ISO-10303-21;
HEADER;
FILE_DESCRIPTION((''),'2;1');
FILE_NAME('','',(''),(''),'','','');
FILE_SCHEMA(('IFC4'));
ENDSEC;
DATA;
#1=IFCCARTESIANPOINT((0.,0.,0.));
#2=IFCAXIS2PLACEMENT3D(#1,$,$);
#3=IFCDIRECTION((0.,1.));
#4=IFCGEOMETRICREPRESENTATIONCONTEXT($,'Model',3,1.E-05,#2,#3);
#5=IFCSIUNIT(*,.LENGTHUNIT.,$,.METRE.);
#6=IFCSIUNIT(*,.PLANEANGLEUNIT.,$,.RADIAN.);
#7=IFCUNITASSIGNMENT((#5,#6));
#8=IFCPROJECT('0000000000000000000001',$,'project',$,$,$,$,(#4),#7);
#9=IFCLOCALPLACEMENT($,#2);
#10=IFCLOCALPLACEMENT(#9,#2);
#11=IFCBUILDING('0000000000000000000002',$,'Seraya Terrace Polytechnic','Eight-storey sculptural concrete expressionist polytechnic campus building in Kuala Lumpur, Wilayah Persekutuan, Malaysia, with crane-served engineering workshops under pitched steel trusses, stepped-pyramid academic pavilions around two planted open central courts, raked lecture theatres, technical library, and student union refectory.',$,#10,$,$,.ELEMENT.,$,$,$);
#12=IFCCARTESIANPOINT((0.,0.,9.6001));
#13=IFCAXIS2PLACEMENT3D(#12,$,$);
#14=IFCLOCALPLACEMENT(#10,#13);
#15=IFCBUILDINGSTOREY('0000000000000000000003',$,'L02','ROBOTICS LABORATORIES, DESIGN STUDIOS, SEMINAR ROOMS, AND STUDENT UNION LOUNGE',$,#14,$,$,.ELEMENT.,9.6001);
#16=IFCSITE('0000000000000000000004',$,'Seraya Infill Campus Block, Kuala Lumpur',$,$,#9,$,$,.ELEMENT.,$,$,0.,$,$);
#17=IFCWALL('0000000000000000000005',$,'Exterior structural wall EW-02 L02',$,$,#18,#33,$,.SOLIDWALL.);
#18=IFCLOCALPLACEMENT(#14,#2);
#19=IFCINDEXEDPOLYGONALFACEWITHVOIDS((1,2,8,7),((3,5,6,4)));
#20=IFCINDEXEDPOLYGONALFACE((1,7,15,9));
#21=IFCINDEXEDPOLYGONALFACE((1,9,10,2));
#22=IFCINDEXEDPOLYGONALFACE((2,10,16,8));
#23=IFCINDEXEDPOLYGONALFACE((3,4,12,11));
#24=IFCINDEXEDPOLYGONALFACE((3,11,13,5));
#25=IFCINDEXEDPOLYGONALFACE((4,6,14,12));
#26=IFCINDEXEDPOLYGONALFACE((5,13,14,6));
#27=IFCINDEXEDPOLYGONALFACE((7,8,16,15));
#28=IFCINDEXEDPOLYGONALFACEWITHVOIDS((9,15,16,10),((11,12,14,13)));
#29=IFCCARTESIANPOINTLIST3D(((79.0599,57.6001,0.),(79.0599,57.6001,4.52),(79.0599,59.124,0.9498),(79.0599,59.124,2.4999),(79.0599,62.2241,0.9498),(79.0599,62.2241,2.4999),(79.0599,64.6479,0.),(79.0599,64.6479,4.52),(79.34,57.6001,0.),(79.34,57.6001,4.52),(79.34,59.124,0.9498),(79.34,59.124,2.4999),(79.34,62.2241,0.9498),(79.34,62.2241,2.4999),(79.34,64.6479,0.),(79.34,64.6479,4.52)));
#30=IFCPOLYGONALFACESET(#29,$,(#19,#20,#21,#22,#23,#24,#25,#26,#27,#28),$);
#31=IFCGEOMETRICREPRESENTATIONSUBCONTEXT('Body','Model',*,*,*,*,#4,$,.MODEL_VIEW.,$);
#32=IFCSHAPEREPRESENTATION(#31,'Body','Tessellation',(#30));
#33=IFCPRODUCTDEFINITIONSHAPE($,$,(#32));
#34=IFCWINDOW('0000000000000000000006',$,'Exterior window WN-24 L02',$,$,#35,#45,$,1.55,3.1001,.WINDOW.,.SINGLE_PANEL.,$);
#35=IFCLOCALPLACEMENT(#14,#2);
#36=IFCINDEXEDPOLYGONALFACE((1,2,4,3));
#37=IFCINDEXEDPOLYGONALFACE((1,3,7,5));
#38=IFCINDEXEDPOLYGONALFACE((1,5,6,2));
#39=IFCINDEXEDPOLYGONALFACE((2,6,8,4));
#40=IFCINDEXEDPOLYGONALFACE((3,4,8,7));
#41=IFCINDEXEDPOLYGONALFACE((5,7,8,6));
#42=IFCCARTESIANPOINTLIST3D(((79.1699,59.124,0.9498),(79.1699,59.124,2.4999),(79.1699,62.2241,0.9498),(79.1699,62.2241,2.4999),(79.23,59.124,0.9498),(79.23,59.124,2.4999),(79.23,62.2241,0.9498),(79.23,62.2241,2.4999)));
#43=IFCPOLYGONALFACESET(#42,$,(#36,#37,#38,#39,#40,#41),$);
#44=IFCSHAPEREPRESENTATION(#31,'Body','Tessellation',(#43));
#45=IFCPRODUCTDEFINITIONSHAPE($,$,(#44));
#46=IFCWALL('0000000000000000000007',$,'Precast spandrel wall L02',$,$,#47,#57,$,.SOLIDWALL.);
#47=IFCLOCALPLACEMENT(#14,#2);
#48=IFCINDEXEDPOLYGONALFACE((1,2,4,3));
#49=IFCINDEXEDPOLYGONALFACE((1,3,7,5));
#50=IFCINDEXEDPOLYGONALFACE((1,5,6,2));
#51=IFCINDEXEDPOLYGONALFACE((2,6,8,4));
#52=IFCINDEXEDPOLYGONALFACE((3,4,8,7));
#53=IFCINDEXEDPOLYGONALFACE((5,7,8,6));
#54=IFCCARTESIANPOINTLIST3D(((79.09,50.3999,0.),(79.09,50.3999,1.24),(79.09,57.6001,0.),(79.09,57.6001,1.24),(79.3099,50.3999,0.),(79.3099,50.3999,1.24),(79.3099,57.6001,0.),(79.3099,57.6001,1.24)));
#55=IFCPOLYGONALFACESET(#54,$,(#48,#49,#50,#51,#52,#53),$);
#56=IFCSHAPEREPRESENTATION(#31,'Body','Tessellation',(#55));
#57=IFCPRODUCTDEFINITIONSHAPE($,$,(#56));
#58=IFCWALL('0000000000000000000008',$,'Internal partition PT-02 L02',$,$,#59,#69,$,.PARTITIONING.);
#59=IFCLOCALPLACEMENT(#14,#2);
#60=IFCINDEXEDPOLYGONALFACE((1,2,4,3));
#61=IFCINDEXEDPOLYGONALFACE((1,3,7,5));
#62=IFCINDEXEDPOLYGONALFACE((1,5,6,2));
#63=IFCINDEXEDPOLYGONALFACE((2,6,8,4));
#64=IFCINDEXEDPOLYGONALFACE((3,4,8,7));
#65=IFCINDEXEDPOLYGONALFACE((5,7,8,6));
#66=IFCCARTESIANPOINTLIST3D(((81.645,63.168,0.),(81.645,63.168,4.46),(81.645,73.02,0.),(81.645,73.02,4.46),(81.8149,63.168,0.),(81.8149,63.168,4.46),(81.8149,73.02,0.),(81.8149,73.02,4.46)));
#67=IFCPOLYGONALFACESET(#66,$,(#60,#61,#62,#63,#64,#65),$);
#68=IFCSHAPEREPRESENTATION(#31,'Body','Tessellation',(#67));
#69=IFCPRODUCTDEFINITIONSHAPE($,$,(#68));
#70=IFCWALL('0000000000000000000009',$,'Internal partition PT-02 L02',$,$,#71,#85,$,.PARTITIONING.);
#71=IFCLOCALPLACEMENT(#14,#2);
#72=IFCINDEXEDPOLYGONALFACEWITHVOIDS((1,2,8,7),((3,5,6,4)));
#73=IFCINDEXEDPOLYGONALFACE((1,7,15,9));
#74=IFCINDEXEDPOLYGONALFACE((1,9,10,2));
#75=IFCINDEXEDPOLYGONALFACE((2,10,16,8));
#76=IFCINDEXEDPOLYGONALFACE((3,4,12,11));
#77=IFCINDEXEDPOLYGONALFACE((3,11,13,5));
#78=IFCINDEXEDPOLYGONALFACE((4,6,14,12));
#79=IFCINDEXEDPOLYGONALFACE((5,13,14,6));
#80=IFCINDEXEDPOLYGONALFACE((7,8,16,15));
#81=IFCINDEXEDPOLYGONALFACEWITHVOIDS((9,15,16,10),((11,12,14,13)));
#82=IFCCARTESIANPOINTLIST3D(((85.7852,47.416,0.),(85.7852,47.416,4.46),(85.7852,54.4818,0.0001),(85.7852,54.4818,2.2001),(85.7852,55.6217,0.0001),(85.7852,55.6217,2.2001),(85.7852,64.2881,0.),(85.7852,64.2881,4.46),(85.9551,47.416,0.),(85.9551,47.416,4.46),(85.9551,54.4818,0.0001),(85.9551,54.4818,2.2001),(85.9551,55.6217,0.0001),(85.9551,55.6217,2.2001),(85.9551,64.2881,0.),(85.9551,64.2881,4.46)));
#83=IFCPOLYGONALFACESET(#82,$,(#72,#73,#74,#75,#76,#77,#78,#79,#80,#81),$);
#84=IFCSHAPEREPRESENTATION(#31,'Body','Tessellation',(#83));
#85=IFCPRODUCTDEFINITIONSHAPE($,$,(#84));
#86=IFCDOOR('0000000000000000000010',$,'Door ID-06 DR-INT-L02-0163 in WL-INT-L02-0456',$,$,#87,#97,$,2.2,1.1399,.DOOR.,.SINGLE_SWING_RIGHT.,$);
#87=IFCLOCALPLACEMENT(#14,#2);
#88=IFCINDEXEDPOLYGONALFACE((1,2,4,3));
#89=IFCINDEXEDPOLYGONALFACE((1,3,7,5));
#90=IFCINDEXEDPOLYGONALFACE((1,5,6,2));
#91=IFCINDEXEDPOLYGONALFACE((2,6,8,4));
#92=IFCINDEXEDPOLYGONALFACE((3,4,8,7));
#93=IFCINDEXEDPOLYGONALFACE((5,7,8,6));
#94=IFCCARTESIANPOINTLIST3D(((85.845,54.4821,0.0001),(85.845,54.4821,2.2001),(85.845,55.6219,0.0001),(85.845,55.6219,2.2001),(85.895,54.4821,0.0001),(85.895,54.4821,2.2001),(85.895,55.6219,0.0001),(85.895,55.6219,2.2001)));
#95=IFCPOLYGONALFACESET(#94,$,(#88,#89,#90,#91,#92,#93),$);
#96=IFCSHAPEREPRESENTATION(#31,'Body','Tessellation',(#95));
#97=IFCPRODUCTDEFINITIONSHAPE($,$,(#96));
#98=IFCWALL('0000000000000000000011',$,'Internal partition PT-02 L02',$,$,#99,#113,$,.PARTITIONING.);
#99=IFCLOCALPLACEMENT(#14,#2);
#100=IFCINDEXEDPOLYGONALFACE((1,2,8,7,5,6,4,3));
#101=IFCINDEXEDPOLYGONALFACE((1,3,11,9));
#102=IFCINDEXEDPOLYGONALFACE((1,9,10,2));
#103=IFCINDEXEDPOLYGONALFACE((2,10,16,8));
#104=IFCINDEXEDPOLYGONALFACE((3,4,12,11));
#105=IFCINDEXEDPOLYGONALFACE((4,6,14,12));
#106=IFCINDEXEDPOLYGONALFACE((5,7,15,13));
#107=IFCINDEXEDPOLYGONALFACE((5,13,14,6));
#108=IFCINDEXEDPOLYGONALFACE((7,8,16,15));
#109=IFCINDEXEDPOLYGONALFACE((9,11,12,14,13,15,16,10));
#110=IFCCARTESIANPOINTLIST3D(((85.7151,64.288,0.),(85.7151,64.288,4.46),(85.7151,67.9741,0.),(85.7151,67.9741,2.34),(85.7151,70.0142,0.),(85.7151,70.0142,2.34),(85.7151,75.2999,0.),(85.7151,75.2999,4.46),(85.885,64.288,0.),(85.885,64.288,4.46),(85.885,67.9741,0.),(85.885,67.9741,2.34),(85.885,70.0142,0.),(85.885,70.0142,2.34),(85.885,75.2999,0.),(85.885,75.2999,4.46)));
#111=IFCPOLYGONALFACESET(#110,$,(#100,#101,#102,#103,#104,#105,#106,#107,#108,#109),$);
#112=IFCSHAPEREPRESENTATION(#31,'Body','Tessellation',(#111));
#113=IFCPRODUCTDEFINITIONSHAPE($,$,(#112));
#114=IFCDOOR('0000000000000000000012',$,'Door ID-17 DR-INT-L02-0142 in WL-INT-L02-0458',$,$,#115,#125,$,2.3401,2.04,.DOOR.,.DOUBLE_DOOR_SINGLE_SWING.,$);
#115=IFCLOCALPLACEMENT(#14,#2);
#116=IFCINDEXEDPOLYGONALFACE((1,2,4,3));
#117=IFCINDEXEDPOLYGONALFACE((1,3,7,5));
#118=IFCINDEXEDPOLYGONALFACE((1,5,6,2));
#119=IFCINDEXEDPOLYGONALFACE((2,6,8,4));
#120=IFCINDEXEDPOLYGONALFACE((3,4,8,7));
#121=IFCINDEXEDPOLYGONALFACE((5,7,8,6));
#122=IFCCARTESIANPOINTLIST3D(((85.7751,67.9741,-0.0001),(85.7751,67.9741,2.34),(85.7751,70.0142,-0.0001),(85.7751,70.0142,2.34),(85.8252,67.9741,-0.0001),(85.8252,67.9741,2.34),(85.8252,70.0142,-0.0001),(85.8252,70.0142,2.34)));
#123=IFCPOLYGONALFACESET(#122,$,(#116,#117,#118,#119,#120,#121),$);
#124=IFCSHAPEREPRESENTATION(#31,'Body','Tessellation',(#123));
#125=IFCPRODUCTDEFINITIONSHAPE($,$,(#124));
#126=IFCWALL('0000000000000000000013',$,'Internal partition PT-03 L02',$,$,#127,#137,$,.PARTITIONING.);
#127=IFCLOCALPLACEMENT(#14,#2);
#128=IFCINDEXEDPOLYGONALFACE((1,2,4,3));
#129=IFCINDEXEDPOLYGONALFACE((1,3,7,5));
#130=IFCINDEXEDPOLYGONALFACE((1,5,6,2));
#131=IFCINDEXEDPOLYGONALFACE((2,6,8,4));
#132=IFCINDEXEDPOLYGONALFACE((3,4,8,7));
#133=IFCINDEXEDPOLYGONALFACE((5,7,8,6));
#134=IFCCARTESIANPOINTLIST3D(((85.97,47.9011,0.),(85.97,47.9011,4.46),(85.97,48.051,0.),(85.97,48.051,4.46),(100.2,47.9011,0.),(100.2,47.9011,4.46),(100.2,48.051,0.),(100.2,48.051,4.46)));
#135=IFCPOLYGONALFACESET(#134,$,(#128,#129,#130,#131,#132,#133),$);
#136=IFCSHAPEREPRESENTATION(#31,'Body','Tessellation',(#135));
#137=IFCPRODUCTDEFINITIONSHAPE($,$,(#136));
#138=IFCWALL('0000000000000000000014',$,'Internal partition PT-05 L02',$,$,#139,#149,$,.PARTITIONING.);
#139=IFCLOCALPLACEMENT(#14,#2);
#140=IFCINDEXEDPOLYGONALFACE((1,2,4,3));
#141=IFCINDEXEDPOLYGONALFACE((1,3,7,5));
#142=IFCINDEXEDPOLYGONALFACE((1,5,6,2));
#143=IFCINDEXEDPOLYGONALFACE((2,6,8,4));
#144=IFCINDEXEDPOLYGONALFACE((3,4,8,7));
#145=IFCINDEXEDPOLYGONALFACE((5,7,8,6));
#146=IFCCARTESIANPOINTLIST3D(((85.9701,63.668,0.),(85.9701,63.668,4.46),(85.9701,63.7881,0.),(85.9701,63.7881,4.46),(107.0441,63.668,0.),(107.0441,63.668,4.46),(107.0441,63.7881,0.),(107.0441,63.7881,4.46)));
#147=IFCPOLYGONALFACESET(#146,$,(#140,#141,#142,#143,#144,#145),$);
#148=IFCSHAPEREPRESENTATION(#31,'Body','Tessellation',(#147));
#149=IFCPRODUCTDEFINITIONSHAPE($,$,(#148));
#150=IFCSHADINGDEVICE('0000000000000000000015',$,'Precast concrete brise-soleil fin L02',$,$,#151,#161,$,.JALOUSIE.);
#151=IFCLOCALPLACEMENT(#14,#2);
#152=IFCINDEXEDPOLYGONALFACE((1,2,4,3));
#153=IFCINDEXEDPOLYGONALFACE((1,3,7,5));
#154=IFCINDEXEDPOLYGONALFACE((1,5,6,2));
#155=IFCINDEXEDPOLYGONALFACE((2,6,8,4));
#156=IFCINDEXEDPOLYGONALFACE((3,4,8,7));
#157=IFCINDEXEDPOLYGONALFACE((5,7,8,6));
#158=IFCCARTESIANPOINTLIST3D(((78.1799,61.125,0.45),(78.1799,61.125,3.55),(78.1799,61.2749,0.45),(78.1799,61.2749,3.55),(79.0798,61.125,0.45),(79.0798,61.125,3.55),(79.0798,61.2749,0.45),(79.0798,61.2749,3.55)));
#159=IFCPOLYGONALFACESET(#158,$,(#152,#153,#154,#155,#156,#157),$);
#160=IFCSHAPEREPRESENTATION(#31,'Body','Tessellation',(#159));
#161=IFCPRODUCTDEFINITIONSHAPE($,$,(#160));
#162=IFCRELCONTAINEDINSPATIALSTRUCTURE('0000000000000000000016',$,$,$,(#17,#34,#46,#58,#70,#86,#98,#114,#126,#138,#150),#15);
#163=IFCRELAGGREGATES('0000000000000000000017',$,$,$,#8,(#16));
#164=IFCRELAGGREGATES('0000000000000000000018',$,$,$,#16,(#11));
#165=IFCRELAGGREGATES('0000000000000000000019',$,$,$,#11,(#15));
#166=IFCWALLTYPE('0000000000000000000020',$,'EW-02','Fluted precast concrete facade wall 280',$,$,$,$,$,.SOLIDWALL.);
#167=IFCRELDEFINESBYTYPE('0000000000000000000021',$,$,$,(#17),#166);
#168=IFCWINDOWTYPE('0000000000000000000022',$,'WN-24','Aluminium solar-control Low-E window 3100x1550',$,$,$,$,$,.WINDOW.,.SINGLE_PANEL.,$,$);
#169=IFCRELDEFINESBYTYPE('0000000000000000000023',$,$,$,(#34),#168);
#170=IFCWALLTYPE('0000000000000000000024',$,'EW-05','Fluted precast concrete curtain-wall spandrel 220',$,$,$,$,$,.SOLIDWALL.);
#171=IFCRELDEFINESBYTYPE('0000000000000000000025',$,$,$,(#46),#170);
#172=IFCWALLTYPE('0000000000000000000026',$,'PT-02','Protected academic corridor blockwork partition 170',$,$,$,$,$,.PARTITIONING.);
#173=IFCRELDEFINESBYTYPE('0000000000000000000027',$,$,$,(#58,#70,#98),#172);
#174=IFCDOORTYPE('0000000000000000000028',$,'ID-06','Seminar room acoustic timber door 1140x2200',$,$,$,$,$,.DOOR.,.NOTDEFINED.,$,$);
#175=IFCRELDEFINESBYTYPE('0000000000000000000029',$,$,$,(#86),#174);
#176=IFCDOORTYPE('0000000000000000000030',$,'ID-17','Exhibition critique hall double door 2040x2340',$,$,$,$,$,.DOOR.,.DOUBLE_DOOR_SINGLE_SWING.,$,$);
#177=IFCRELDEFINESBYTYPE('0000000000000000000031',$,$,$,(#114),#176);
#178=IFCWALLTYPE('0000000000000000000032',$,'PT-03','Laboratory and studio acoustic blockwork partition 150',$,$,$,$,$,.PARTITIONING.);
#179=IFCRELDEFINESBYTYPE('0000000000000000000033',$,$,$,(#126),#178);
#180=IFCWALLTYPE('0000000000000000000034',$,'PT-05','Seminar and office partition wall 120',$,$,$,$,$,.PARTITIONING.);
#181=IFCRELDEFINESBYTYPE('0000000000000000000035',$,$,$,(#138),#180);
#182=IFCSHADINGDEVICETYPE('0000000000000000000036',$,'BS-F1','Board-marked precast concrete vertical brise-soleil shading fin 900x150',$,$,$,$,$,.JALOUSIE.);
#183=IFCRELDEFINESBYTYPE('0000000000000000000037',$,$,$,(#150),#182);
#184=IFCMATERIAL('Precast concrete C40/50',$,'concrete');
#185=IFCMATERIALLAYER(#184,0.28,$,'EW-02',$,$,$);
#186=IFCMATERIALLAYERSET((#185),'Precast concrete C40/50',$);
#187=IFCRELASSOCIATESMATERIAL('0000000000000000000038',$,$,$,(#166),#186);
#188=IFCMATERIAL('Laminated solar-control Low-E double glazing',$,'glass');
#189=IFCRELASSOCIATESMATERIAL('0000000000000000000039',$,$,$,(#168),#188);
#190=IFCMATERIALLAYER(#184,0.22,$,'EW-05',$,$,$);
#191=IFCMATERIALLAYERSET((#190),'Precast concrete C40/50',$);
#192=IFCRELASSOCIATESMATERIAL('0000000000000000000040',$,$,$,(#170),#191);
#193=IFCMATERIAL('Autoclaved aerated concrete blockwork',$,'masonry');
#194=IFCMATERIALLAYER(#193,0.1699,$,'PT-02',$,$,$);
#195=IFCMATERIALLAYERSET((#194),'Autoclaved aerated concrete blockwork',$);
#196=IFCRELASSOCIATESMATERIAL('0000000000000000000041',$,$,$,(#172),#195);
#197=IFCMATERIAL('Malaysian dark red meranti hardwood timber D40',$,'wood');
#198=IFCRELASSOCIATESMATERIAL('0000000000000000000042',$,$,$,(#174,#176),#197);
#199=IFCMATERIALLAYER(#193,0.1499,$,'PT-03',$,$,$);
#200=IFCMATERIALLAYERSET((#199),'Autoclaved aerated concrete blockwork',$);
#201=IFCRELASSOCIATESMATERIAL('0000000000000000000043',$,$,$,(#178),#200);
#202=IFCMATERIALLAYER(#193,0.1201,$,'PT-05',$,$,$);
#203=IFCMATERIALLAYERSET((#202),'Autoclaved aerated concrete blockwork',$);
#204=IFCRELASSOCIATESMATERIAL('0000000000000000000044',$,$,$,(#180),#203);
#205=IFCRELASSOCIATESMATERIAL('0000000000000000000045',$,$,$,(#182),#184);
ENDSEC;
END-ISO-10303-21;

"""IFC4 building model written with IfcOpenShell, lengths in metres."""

from ifc_helpers import new_model, si_unit, direction, frame, frame_2d, origin, origin_2d, place, context, subcontext, project, spatial, rectangle, extrude, material, layer, layer_set, type_object, element, fill, save


model = new_model("IFC4")

# Units and contexts
model_context = context("Model", 3, precision=1e-05, world=origin(), true_north=direction((0.0, 1.0)))
body_context = subcontext(model_context, "Body", "Model", "MODEL_VIEW")
ifc_project = project(units=[si_unit("LENGTHUNIT", "METRE"), si_unit("PLANEANGLEUNIT", "RADIAN")], contexts=[model_context])

# Site, building, storey
site_placement = place(None, origin())
site = spatial("IfcSite", under=ifc_project, at=site_placement, Name="Seraya Infill Campus Block, Kuala Lumpur", CompositionType="ELEMENT", RefElevation=0.0)
building_placement = place(site_placement, origin())
building = spatial("IfcBuilding", under=site, at=building_placement, Name="Seraya Terrace Polytechnic", Description="Eight-storey sculptural concrete expressionist polytechnic campus building in Kuala Lumpur, Wilayah Persekutuan, Malaysia, with crane-served engineering workshops under pitched steel trusses, stepped-pyramid academic pavilions around two planted open central courts, raked lecture theatres, technical library, and student union refectory.", CompositionType="ELEMENT")
storey_placement = place(building_placement, frame((0.0, 0.0, 9.6001)))
storey = spatial("IfcBuildingStorey", under=building, at=storey_placement, Name="L02", Description="ROBOTICS LABORATORIES, DESIGN STUDIOS, SEMINAR ROOMS, AND STUDENT UNION LOUNGE", CompositionType="ELEMENT", Elevation=9.6001)

# Shared definitions
ifc_material_1 = material(Name="Laminated solar-control Low-E double glazing", Category="glass")

# Wall, opening, window
ifc_material_2 = material(Name="Precast concrete C40/50", Category="concrete")
ifc_layer_1 = layer(ifc_material_2, 0.28, Name="EW-02")
ifc_layer_set_1 = layer_set([ifc_layer_1], Name="Precast concrete C40/50")
wall_type_1 = type_object("IfcWallType", Name="EW-02", Description="Fluted precast concrete facade wall 280", PredefinedType="SOLIDWALL", material=ifc_layer_set_1)
wall_1_placement = place(storey_placement, frame((79.2, 57.6001, 0.0), z_axis=(0.0, 0.0, 1.0), x_axis=(0.0, 1.0, 0.0)))
wall_1 = element("IfcWall", 1, at=wall_1_placement, inside=storey, type_object=wall_type_1, Name="Exterior structural wall EW-02 L02", PredefinedType="SOLIDWALL", context=body_context, shape_type="SweptSolid", body=[
    extrude(rectangle(XDim=7.0479, YDim=0.28, at=frame_2d((3.5239, 0.0))), origin(), (0.0, 0.0, 1.0), 4.52),
])
opening_1_placement = place(wall_1_placement, frame((1.5239, 0.0, 0.95)))
opening_1 = element("IfcOpeningElement", 2, at=opening_1_placement, cuts=wall_1, PredefinedType="OPENING", context=body_context, shape_type="SweptSolid", body=[
    extrude(rectangle(XDim=3.1001, YDim=1.55, at=frame_2d((1.55, 0.7749))), frame((0.0, 0.1519, 0.0), z_axis=(0.0, -1.0, 0.0), x_axis=(1.0, 0.0, 0.0)), (0.0, 0.0, 1.0), 0.304),
])
window_type = type_object("IfcWindowType", Name="WN-24", Description="Aluminium solar-control Low-E window 3100x1550", PartitioningType="SINGLE_PANEL", PredefinedType="WINDOW", material=ifc_material_1)
window_placement = place(opening_1_placement, origin())
window = element("IfcWindow", 3, at=window_placement, inside=storey, type_object=window_type, Name="Exterior window WN-24 L02", OverallHeight=1.55, OverallWidth=3.1001, PartitioningType="SINGLE_PANEL", PredefinedType="WINDOW", context=body_context, shape_type="SweptSolid", body=[
    extrude(rectangle(XDim=3.1001, YDim=1.55, at=frame_2d((1.55, 0.7749))), frame((0.0, 0.03, 0.0), z_axis=(0.0, -1.0, 0.0), x_axis=(1.0, 0.0, 0.0)), (0.0, 0.0, 1.0), 0.0601),
])
fill(opening_1, window)

# Walls
ifc_layer_2 = layer(ifc_material_2, 0.22, Name="EW-05")
ifc_layer_set_2 = layer_set([ifc_layer_2], Name="Precast concrete C40/50")
wall_type_2 = type_object("IfcWallType", Name="EW-05", Description="Fluted precast concrete curtain-wall spandrel 220", PredefinedType="SOLIDWALL", material=ifc_layer_set_2)
wall_2_placement = place(storey_placement, frame((79.2, 50.3999, 0.0), z_axis=(0.0, 0.0, 1.0), x_axis=(0.0, 1.0, 0.0)))
element("IfcWall", 4, at=wall_2_placement, inside=storey, type_object=wall_type_2, Name="Precast spandrel wall L02", PredefinedType="SOLIDWALL", context=body_context, shape_type="SweptSolid", body=[
    extrude(rectangle(XDim=7.2002, YDim=0.22, at=frame_2d((3.6001, 0.0))), origin(), (0.0, 0.0, 1.0), 1.24),
])
ifc_material_3 = material(Name="Autoclaved aerated concrete blockwork", Category="masonry")
ifc_layer_3 = layer(ifc_material_3, 0.1699, Name="PT-02")
ifc_layer_set_3 = layer_set([ifc_layer_3], Name="Autoclaved aerated concrete blockwork")
wall_type_3 = type_object("IfcWallType", Name="PT-02", Description="Protected academic corridor blockwork partition 170", PredefinedType="PARTITIONING", material=ifc_layer_set_3)
wall_3_placement = place(storey_placement, frame((81.73, 63.168, 0.0), z_axis=(0.0, 0.0, 1.0), x_axis=(0.0, 1.0, 0.0)))
element("IfcWall", 5, at=wall_3_placement, inside=storey, type_object=wall_type_3, Name="Internal partition PT-02 L02", PredefinedType="PARTITIONING", context=body_context, shape_type="SweptSolid", body=[
    extrude(rectangle(XDim=9.8521, YDim=0.1699, at=frame_2d((4.926, 0.0))), origin(), (0.0, 0.0, 1.0), 4.46),
])

# Walls, openings, doors
wall_4_placement = place(storey_placement, frame((85.8701, 47.416, 0.0), z_axis=(0.0, 0.0, 1.0), x_axis=(0.0, 1.0, 0.0)))
wall_4 = element("IfcWall", 6, at=wall_4_placement, inside=storey, type_object=wall_type_3, Name="Internal partition PT-02 L02", PredefinedType="PARTITIONING", context=body_context, shape_type="SweptSolid", body=[
    extrude(rectangle(XDim=16.8721, YDim=0.1699, at=frame_2d((8.436, 0.0))), origin(), (0.0, 0.0, 1.0), 4.46),
])
opening_2_placement = place(wall_4_placement, frame((7.0659, 0.0, 0.0)))
opening_2 = element("IfcOpeningElement", 7, at=opening_2_placement, cuts=wall_4, PredefinedType="OPENING", context=body_context, shape_type="SweptSolid", body=[
    extrude(rectangle(XDim=1.1399, YDim=2.2, at=frame_2d((0.5698, 1.1001))), frame((0.0, 0.0969, 0.0), z_axis=(0.0, -1.0, 0.0), x_axis=(1.0, 0.0, 0.0)), (0.0, 0.0, 1.0), 0.1938),
])
ifc_material_4 = material(Name="Malaysian dark red meranti hardwood timber D40", Category="wood")
door_type_1 = type_object("IfcDoorType", Name="ID-06", Description="Seminar room acoustic timber door 1140x2200", OperationType="NOTDEFINED", PredefinedType="DOOR", material=ifc_material_4)
door_1_placement = place(opening_2_placement, frame((1.1399, 0.0, 0.0), z_axis=(0.0, 0.0, 1.0), x_axis=(-1.0, 0.0, 0.0)))
door_1 = element("IfcDoor", 8, at=door_1_placement, inside=storey, type_object=door_type_1, Name="Door ID-06 DR-INT-L02-0163 in WL-INT-L02-0456", OperationType="SINGLE_SWING_RIGHT", OverallHeight=2.2, OverallWidth=1.1399, PredefinedType="DOOR", context=body_context, shape_type="SweptSolid", body=[
    extrude(rectangle(XDim=1.1399, YDim=2.2, at=frame_2d((0.5698, 1.1001))), frame((0.0, 0.0249, 0.0), z_axis=(0.0, -1.0, 0.0), x_axis=(1.0, 0.0, 0.0)), (0.0, 0.0, 1.0), 0.05),
])
fill(opening_2, door_1)
wall_5_placement = place(storey_placement, frame((85.8, 64.2881, 0.0), z_axis=(0.0, 0.0, 1.0), x_axis=(0.0, 1.0, 0.0)))
wall_5 = element("IfcWall", 9, at=wall_5_placement, inside=storey, type_object=wall_type_3, Name="Internal partition PT-02 L02", PredefinedType="PARTITIONING", context=body_context, shape_type="SweptSolid", body=[
    extrude(rectangle(XDim=11.012, YDim=0.1699, at=frame_2d((5.5059, 0.0))), origin(), (0.0, 0.0, 1.0), 4.46),
])
opening_3_placement = place(wall_5_placement, frame((3.686, 0.0, 0.0)))
opening_3 = element("IfcOpeningElement", 10, at=opening_3_placement, cuts=wall_5, PredefinedType="OPENING", context=body_context, shape_type="SweptSolid", body=[
    extrude(rectangle(XDim=2.04, YDim=2.3401, at=frame_2d((1.02, 1.1699))), frame((0.0, 0.0969, 0.0), z_axis=(0.0, -1.0, 0.0), x_axis=(1.0, 0.0, 0.0)), (0.0, 0.0, 1.0), 0.1938),
])
door_type_2 = type_object("IfcDoorType", Name="ID-17", Description="Exhibition critique hall double door 2040x2340", OperationType="DOUBLE_DOOR_SINGLE_SWING", PredefinedType="DOOR", material=ifc_material_4)
door_2_placement = place(opening_3_placement, origin())
door_2 = element("IfcDoor", 11, at=door_2_placement, inside=storey, type_object=door_type_2, Name="Door ID-17 DR-INT-L02-0142 in WL-INT-L02-0458", OperationType="DOUBLE_DOOR_SINGLE_SWING", OverallHeight=2.3401, OverallWidth=2.04, PredefinedType="DOOR", context=body_context, shape_type="SweptSolid", body=[
    extrude(rectangle(XDim=2.04, YDim=2.3401, at=frame_2d((1.02, 1.1699))), frame((0.0, 0.0249, 0.0), z_axis=(0.0, -1.0, 0.0), x_axis=(1.0, 0.0, 0.0)), (0.0, 0.0, 1.0), 0.05),
])
fill(opening_3, door_2)

# Walls
ifc_layer_4 = layer(ifc_material_3, 0.1499, Name="PT-03")
ifc_layer_set_4 = layer_set([ifc_layer_4], Name="Autoclaved aerated concrete blockwork")
wall_type_4 = type_object("IfcWallType", Name="PT-03", Description="Laboratory and studio acoustic blockwork partition 150", PredefinedType="PARTITIONING", material=ifc_layer_set_4)
wall_6_placement = place(storey_placement, frame((85.97, 47.9761, 0.0), z_axis=(0.0, 0.0, 1.0), x_axis=(1.0, 0.0, 0.0)))
element("IfcWall", 12, at=wall_6_placement, inside=storey, type_object=wall_type_4, Name="Internal partition PT-03 L02", PredefinedType="PARTITIONING", context=body_context, shape_type="SweptSolid", body=[
    extrude(rectangle(XDim=14.23, YDim=0.1499, at=frame_2d((7.115, 0.0))), origin(), (0.0, 0.0, 1.0), 4.46),
])
ifc_layer_5 = layer(ifc_material_3, 0.1201, Name="PT-05")
ifc_layer_set_5 = layer_set([ifc_layer_5], Name="Autoclaved aerated concrete blockwork")
wall_type_5 = type_object("IfcWallType", Name="PT-05", Description="Seminar and office partition wall 120", PredefinedType="PARTITIONING", material=ifc_layer_set_5)
wall_7_placement = place(storey_placement, frame((85.97, 63.728, 0.0), z_axis=(0.0, 0.0, 1.0), x_axis=(1.0, 0.0, 0.0)))
element("IfcWall", 13, at=wall_7_placement, inside=storey, type_object=wall_type_5, Name="Internal partition PT-05 L02", PredefinedType="PARTITIONING", context=body_context, shape_type="SweptSolid", body=[
    extrude(rectangle(XDim=21.074, YDim=0.1201, at=frame_2d((10.5371, 0.0))), origin(), (0.0, 0.0, 1.0), 4.46),
])

# Shading device
shading_device_type = type_object("IfcShadingDeviceType", Name="BS-F1", Description="Board-marked precast concrete vertical brise-soleil shading fin 900x150", PredefinedType="JALOUSIE", material=ifc_material_2)
shading_device_placement = place(storey_placement, frame((78.6299, 61.2, 0.45), z_axis=(0.0, 0.0, 1.0), x_axis=(-1.0, 0.0, 0.0)))
element("IfcShadingDevice", 14, at=shading_device_placement, inside=storey, type_object=shading_device_type, Name="Precast concrete brise-soleil fin L02", PredefinedType="JALOUSIE", context=body_context, shape_type="SweptSolid", body=[
    extrude(rectangle(XDim=0.8999, YDim=0.1499, at=origin_2d()), origin(), (0.0, 0.0, 1.0), 3.1001),
])

save(model, "model.ifc")
